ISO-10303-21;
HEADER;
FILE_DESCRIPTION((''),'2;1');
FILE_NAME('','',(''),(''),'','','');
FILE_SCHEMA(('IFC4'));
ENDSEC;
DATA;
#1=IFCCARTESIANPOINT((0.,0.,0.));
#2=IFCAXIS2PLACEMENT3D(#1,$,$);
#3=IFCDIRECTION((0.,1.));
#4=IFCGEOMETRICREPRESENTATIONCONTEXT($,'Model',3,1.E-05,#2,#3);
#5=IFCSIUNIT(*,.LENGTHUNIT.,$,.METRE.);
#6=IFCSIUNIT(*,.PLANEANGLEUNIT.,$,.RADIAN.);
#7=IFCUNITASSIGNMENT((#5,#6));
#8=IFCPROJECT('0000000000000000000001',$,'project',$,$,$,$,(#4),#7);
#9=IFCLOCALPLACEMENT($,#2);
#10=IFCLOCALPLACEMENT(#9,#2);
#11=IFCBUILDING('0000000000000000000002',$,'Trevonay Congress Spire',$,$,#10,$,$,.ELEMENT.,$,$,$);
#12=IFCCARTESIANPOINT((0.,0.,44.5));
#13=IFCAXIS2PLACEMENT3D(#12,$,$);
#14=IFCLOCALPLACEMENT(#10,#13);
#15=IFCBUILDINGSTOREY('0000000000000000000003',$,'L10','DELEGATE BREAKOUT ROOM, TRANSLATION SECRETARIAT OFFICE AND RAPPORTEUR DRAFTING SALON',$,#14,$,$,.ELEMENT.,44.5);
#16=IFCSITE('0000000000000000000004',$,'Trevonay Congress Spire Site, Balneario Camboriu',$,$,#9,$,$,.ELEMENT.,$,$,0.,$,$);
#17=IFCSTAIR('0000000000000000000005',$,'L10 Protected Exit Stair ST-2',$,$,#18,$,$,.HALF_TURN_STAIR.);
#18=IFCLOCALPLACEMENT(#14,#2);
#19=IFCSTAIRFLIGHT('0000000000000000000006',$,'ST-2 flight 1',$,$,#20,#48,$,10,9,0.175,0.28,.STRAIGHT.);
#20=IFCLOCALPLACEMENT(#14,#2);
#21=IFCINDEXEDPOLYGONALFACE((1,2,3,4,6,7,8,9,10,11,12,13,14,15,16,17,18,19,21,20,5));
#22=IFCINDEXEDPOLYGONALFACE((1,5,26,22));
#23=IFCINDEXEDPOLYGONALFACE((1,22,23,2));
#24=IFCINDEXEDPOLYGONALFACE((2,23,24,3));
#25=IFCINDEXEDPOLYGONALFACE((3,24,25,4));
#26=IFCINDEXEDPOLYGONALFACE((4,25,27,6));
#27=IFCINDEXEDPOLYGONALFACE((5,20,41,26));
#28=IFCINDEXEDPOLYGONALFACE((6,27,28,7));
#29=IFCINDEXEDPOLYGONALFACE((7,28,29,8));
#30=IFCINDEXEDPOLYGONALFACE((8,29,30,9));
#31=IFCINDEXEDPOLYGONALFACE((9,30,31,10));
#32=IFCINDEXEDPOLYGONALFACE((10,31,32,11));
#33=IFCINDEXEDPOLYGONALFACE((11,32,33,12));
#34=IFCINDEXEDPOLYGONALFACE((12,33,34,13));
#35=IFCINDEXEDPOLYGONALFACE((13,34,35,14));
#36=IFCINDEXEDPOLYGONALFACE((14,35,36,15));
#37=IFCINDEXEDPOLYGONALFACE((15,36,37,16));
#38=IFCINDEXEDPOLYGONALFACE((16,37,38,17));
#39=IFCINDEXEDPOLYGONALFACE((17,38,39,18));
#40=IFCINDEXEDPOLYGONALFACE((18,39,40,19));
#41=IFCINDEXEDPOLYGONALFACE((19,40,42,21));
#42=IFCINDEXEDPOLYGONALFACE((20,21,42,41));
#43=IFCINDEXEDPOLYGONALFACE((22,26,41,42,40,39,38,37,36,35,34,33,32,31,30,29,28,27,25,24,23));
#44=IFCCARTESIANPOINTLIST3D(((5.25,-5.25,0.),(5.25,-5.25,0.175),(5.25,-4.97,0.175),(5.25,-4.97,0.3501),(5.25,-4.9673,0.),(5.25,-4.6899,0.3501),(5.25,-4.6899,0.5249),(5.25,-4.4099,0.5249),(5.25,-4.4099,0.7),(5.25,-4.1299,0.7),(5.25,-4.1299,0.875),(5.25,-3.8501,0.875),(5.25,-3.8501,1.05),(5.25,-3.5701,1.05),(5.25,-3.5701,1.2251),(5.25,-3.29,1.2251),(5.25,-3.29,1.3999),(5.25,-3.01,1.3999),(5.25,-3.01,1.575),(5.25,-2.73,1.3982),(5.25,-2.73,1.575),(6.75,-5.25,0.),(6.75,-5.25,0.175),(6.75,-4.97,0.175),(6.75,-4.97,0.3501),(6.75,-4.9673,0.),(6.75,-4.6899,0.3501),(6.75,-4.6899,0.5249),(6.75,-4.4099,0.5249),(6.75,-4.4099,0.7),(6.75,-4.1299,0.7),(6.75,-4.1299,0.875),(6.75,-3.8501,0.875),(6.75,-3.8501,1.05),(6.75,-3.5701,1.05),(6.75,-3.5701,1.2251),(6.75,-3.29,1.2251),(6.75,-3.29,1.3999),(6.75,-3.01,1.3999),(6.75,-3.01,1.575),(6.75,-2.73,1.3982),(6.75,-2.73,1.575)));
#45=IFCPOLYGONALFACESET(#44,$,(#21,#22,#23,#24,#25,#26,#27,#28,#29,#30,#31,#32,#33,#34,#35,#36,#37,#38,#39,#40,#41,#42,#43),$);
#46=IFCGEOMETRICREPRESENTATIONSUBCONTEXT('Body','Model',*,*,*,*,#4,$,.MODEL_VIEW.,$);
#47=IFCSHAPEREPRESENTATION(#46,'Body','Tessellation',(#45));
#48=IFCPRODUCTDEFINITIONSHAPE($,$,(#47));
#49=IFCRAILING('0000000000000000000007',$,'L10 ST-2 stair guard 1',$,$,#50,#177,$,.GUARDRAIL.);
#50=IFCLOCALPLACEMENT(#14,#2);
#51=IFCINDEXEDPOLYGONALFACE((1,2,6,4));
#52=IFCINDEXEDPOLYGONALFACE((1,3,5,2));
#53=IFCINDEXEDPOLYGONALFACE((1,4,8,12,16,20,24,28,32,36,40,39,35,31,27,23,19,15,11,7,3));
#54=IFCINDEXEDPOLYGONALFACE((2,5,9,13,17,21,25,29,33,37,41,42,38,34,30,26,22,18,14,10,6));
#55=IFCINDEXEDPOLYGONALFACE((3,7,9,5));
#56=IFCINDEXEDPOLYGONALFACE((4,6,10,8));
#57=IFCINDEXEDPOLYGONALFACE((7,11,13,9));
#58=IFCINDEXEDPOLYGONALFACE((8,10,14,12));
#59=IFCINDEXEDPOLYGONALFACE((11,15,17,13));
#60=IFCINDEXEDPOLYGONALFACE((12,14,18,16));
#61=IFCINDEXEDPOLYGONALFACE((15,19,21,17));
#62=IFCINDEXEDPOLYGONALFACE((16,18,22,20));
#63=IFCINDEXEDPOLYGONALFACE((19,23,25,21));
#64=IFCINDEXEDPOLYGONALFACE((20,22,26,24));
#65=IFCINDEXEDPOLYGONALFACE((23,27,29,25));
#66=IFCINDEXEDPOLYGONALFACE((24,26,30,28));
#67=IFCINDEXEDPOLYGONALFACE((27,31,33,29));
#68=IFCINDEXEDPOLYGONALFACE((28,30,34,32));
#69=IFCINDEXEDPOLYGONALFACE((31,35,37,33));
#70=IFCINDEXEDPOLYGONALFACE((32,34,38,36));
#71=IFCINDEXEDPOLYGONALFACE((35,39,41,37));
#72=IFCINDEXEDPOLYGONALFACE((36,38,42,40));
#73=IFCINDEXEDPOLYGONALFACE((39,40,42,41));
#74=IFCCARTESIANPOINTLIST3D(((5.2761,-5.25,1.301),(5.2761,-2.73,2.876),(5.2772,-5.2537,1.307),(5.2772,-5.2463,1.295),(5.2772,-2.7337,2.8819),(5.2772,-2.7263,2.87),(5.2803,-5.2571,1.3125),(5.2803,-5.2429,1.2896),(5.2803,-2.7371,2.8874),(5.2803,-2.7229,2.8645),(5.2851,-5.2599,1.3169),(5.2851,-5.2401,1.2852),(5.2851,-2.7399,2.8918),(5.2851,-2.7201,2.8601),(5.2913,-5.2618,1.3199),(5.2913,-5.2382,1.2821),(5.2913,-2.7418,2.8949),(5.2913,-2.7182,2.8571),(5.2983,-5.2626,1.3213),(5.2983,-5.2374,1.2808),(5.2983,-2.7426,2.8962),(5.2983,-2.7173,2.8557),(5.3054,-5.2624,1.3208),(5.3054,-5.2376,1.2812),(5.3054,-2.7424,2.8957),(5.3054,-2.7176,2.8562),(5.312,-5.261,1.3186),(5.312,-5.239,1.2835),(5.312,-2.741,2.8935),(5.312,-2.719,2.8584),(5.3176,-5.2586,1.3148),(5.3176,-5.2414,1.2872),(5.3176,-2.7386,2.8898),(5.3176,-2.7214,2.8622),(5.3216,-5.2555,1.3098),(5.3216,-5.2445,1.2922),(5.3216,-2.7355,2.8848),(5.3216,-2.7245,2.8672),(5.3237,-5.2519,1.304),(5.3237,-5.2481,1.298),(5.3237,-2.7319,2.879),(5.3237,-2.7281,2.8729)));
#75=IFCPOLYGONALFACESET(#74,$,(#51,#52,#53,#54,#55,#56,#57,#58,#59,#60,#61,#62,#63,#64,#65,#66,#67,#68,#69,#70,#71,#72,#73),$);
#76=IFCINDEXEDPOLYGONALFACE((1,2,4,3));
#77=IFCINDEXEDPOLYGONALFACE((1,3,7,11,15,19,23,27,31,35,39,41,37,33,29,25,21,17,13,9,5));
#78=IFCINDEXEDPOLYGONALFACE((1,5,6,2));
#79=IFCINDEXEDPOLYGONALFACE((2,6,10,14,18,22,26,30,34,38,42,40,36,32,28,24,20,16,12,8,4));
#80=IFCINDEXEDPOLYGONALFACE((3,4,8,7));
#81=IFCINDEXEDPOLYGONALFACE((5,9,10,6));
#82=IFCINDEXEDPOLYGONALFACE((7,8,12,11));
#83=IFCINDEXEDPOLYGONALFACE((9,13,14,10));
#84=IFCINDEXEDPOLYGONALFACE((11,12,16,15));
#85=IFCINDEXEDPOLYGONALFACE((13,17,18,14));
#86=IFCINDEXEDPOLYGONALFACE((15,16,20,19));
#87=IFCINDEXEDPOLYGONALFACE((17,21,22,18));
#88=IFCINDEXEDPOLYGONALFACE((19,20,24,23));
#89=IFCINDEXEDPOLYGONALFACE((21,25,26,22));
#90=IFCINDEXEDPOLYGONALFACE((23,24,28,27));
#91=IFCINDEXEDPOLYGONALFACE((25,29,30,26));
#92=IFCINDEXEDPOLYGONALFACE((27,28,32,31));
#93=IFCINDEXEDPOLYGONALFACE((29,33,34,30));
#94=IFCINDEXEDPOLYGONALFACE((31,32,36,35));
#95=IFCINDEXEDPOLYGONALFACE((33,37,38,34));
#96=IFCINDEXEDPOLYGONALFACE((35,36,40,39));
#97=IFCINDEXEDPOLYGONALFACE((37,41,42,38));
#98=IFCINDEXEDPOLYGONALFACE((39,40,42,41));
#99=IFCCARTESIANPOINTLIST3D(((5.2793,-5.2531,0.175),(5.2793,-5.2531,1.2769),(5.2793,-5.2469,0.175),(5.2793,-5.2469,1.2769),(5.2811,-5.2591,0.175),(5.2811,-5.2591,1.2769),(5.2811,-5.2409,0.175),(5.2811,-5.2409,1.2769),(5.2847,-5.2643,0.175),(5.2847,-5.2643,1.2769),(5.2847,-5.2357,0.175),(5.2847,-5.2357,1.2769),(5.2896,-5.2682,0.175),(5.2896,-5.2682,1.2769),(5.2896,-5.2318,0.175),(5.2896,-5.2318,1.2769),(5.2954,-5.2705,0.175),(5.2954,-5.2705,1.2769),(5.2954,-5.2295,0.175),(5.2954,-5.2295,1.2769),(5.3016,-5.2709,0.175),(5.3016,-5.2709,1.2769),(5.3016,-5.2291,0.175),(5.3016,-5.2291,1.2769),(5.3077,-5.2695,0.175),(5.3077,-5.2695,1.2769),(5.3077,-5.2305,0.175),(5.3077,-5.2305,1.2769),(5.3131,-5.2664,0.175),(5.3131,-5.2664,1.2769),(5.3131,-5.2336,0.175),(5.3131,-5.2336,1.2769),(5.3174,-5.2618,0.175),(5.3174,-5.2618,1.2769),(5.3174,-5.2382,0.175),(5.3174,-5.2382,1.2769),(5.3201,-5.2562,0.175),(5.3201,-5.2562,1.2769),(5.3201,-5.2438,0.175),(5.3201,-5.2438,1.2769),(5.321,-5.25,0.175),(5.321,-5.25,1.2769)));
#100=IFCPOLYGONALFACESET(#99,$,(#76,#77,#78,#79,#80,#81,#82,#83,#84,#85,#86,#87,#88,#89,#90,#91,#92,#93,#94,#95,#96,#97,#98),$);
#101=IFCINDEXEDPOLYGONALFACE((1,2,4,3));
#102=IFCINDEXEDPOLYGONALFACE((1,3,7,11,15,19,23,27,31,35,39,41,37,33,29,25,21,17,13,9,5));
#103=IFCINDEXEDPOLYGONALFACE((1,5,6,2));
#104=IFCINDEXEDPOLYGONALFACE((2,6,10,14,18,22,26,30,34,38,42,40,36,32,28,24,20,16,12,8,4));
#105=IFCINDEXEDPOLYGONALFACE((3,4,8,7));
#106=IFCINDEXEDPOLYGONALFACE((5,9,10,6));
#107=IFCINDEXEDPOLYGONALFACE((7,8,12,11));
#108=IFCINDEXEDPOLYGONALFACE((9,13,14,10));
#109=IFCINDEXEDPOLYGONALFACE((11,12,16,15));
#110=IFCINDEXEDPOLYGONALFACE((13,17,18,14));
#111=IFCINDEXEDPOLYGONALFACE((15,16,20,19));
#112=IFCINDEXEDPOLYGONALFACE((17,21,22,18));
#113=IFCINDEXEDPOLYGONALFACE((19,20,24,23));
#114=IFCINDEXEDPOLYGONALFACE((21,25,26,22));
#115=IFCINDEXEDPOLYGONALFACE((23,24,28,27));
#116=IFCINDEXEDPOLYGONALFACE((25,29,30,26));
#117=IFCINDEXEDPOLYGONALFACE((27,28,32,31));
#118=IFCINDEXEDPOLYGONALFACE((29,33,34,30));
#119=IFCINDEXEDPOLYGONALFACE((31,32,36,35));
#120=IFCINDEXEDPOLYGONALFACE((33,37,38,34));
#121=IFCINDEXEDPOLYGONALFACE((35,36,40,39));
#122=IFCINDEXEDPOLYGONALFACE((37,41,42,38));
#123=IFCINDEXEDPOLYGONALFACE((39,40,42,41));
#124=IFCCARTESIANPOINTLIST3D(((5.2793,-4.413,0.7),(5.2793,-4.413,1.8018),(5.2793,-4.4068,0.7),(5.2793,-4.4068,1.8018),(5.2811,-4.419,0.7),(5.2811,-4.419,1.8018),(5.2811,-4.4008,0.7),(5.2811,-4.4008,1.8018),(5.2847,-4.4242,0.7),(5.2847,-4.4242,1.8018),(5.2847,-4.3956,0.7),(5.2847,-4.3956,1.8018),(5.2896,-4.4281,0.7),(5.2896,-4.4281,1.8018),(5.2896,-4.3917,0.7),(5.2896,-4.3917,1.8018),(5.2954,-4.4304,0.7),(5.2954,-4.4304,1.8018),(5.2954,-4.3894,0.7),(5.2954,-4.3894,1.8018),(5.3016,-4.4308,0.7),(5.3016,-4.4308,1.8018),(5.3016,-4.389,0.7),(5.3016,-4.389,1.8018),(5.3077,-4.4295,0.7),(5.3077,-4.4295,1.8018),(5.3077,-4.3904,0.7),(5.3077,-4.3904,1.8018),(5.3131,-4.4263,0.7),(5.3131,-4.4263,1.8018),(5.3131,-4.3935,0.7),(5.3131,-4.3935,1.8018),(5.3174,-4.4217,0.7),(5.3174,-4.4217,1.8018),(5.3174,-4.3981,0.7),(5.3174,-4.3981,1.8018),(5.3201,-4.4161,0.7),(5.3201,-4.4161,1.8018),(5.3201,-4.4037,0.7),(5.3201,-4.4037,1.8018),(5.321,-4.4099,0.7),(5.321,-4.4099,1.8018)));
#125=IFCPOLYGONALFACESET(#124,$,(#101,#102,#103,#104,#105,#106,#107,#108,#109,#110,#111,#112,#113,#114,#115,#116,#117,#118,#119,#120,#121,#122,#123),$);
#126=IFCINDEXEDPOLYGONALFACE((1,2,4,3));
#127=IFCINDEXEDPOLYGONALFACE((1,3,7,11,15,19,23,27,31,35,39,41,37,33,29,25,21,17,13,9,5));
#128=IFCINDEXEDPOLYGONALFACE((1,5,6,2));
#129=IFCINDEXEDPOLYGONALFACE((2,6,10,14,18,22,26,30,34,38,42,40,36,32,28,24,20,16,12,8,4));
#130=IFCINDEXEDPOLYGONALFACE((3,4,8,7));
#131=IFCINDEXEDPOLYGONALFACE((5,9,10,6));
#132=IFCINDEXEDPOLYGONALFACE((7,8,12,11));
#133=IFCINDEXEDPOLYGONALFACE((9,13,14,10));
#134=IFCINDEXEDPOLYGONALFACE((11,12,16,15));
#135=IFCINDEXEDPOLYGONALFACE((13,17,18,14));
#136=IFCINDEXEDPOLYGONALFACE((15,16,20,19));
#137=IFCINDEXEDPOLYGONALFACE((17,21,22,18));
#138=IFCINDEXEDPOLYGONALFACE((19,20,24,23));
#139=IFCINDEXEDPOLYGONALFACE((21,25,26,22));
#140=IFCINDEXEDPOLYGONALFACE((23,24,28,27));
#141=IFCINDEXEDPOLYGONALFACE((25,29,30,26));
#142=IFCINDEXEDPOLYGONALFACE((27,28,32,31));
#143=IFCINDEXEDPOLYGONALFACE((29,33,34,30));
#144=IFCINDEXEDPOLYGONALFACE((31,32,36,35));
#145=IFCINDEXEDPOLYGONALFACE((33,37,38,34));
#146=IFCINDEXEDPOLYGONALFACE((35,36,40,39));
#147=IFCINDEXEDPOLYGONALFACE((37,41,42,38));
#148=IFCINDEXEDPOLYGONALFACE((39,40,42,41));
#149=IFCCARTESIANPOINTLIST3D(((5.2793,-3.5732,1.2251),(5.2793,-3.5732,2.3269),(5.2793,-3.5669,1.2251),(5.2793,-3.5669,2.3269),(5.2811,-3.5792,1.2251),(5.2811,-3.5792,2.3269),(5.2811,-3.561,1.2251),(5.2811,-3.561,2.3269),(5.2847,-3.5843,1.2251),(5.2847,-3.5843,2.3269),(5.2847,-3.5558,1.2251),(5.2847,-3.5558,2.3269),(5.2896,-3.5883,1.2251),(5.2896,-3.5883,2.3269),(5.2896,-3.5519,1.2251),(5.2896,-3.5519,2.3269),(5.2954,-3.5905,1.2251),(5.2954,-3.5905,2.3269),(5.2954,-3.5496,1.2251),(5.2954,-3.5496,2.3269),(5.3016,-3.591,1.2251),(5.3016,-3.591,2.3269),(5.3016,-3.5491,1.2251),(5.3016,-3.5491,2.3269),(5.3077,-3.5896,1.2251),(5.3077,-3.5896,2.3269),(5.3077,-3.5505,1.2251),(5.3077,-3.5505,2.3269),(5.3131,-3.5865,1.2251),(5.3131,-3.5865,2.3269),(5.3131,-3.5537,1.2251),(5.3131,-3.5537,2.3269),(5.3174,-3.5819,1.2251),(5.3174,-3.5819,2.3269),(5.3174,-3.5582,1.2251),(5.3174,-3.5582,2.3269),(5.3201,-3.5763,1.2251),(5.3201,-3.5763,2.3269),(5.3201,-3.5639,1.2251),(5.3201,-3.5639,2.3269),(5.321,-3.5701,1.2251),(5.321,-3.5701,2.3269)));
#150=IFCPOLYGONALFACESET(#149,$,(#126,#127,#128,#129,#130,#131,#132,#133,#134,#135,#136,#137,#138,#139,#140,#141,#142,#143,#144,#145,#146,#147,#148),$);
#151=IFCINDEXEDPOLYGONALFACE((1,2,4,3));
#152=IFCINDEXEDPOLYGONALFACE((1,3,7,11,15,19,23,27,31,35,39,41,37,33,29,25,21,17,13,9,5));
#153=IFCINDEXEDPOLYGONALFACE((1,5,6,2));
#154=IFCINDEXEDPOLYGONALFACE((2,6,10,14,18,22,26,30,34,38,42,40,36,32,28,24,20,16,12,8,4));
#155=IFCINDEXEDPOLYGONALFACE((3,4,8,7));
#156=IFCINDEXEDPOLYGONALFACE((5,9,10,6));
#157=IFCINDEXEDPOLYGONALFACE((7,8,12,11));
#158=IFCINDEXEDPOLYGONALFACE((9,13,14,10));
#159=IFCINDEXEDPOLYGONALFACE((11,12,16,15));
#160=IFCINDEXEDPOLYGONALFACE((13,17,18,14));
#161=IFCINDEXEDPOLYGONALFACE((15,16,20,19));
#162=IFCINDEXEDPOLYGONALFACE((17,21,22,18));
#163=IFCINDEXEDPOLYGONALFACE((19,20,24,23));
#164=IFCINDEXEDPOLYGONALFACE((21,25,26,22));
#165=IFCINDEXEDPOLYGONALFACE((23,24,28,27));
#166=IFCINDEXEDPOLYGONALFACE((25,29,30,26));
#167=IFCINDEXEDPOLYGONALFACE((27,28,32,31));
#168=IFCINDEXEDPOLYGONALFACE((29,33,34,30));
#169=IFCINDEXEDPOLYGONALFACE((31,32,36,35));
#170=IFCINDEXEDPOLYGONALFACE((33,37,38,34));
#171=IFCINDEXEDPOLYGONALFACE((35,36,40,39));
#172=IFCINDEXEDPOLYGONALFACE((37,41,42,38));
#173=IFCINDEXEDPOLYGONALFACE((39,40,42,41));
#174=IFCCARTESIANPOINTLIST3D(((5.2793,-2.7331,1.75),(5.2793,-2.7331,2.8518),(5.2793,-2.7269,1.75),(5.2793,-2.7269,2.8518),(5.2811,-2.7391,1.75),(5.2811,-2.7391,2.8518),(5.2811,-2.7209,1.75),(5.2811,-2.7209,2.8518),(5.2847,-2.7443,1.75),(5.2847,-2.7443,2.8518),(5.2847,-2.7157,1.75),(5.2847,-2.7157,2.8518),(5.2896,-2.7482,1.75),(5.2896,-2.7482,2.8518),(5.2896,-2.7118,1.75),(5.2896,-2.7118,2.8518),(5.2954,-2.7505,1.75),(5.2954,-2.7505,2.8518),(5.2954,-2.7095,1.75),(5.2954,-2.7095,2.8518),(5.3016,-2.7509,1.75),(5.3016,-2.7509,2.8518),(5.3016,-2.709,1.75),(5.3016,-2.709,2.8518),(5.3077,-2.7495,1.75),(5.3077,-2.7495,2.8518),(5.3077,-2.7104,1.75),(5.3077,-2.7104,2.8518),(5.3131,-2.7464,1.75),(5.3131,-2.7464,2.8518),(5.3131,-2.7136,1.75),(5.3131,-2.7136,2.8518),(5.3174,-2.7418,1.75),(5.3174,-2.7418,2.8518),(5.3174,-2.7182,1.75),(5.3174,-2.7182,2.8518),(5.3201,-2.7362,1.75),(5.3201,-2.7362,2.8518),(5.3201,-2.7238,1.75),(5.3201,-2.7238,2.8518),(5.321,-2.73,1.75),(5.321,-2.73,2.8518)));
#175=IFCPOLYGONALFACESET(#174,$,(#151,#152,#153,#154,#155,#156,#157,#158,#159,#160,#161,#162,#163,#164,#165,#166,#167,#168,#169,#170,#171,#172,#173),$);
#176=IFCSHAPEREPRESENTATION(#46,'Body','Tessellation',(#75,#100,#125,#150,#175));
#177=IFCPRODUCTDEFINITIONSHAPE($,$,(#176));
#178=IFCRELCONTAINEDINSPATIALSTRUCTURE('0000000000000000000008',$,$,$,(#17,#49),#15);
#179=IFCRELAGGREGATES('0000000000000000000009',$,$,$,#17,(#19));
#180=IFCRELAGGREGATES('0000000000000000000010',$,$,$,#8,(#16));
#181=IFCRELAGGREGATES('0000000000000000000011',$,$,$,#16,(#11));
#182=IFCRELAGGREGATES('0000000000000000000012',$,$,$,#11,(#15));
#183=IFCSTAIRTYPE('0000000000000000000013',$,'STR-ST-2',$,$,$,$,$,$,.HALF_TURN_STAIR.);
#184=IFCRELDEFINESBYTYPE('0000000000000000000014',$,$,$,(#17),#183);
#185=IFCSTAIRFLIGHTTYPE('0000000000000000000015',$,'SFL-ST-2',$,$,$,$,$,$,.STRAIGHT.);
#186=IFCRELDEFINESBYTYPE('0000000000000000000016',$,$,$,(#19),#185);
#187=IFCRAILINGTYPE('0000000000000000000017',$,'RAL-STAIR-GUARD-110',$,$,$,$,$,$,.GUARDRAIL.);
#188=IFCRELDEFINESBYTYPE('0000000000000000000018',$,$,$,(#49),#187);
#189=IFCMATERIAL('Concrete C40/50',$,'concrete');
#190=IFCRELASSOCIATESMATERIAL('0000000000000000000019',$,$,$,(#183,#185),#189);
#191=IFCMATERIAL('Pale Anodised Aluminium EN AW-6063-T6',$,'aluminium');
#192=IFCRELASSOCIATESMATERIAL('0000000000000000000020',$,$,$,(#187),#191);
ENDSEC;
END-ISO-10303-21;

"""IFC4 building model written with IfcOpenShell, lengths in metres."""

from ifc_helpers import new_model, si_unit, direction, frame, origin, origin_2d, place, context, subcontext, project, spatial, polyline, circle, outline, extrude, material, type_object, element, aggregate, save


model = new_model("IFC4")

# Units and contexts
model_context = context("Model", 3, precision=1e-05, world=origin(), true_north=direction((0.0, 1.0)))
body_context = subcontext(model_context, "Body", "Model", "MODEL_VIEW")
ifc_project = project(units=[si_unit("LENGTHUNIT", "METRE"), si_unit("PLANEANGLEUNIT", "RADIAN")], contexts=[model_context])

# Site, building, storey
site_placement = place(None, origin())
site = spatial("IfcSite", under=ifc_project, at=site_placement, Name="Trevonay Congress Spire Site, Balneario Camboriu", CompositionType="ELEMENT", RefElevation=0.0)
building_placement = place(site_placement, origin())
building = spatial("IfcBuilding", under=site, at=building_placement, Name="Trevonay Congress Spire", CompositionType="ELEMENT")
storey_placement = place(building_placement, frame((0.0, 0.0, 44.5)))
storey = spatial("IfcBuildingStorey", under=building, at=storey_placement, Name="L10", Description="DELEGATE BREAKOUT ROOM, TRANSLATION SECRETARIAT OFFICE AND RAPPORTEUR DRAFTING SALON", CompositionType="ELEMENT", Elevation=44.5)

# Shared definitions
ifc_material_1 = material(Name="Pale Anodised Aluminium EN AW-6063-T6", Category="aluminium")

# Shared definitions
ifc_material_2 = material(Name="Concrete C40/50", Category="concrete")

# Stair, stair flight
stair_type = type_object("IfcStairType", Name="STR-ST-2", PredefinedType="HALF_TURN_STAIR", material=ifc_material_2)
stair_placement = place(storey_placement, origin())
stair = element("IfcStair", 1, at=stair_placement, inside=storey, type_object=stair_type, Name="L10 Protected Exit Stair ST-2", PredefinedType="HALF_TURN_STAIR")
stair_flight_type = type_object("IfcStairFlightType", Name="SFL-ST-2", PredefinedType="STRAIGHT", material=ifc_material_2)
stair_flight_placement = place(storey_placement, frame((6.0, -5.25, 0.0), z_axis=(0.0, 0.0, 1.0), x_axis=(0.0, 1.0, 0.0)))
stair_flight = element("IfcStairFlight", 2, at=stair_flight_placement, type_object=stair_flight_type, Name="ST-2 flight 1", NumberOfRisers=10, NumberOfTreads=9, PredefinedType="STRAIGHT", RiserHeight=0.175, TreadLength=0.28, context=body_context, shape_type="SweptSolid", body=[
    extrude(outline(polyline([(0.0, 0.0), (0.0, 0.175), (0.28, 0.175), (0.28, 0.3501), (0.5601, 0.3501), (0.5601, 0.5249), (0.8401, 0.5249), (0.8401, 0.7), (1.1201, 0.7), (1.1201, 0.875), (1.3999, 0.875), (1.3999, 1.05), (1.6799, 1.05), (1.6799, 1.2251), (1.96, 1.2251), (1.96, 1.3999), (2.24, 1.3999), (2.24, 1.575), (2.52, 1.575), (2.52, 1.75), (2.52, 1.3982), (0.2827, 0.0), (0.0, 0.0)])), frame((0.0, 0.75, 0.0), z_axis=(0.0, -1.0, 0.0), x_axis=(1.0, 0.0, 0.0)), (0.0, 0.0, 1.0), 1.5),
])
aggregate(stair, [stair_flight])

# Railing
railing_type_1 = type_object("IfcRailingType", Name="RAL-STAIR-GUARD-110", PredefinedType="GUARDRAIL", material=ifc_material_1)
railing_1_placement = place(storey_placement, frame((5.3, -5.25, 0.175)))
element("IfcRailing", 3, at=railing_1_placement, inside=storey, type_object=railing_type_1, Name="L10 ST-2 stair guard 1", PredefinedType="GUARDRAIL", context=body_context, shape_type="SweptSolid", body=[
    extrude(circle(Radius=0.0239, at=origin_2d()), frame((0.0, 0.0, 1.126), z_axis=(0.0, 0.848008, 0.529984), x_axis=(-1.0, 0.0, 0.0)), (0.0, 0.0, 1.0), 2.9717),
    extrude(circle(Radius=0.021, at=origin_2d()), origin(), (0.0, 0.0, 1.0), 1.1018),
    extrude(circle(Radius=0.021, at=origin_2d()), frame((0.0, 0.8401, 0.5249)), (0.0, 0.0, 1.0), 1.1018),
    extrude(circle(Radius=0.021, at=origin_2d()), frame((0.0, 1.6799, 1.05)), (0.0, 0.0, 1.0), 1.1018),
    extrude(circle(Radius=0.021, at=origin_2d()), frame((0.0, 2.52, 1.575)), (0.0, 0.0, 1.0), 1.1018),
])

save(model, "model.ifc")
